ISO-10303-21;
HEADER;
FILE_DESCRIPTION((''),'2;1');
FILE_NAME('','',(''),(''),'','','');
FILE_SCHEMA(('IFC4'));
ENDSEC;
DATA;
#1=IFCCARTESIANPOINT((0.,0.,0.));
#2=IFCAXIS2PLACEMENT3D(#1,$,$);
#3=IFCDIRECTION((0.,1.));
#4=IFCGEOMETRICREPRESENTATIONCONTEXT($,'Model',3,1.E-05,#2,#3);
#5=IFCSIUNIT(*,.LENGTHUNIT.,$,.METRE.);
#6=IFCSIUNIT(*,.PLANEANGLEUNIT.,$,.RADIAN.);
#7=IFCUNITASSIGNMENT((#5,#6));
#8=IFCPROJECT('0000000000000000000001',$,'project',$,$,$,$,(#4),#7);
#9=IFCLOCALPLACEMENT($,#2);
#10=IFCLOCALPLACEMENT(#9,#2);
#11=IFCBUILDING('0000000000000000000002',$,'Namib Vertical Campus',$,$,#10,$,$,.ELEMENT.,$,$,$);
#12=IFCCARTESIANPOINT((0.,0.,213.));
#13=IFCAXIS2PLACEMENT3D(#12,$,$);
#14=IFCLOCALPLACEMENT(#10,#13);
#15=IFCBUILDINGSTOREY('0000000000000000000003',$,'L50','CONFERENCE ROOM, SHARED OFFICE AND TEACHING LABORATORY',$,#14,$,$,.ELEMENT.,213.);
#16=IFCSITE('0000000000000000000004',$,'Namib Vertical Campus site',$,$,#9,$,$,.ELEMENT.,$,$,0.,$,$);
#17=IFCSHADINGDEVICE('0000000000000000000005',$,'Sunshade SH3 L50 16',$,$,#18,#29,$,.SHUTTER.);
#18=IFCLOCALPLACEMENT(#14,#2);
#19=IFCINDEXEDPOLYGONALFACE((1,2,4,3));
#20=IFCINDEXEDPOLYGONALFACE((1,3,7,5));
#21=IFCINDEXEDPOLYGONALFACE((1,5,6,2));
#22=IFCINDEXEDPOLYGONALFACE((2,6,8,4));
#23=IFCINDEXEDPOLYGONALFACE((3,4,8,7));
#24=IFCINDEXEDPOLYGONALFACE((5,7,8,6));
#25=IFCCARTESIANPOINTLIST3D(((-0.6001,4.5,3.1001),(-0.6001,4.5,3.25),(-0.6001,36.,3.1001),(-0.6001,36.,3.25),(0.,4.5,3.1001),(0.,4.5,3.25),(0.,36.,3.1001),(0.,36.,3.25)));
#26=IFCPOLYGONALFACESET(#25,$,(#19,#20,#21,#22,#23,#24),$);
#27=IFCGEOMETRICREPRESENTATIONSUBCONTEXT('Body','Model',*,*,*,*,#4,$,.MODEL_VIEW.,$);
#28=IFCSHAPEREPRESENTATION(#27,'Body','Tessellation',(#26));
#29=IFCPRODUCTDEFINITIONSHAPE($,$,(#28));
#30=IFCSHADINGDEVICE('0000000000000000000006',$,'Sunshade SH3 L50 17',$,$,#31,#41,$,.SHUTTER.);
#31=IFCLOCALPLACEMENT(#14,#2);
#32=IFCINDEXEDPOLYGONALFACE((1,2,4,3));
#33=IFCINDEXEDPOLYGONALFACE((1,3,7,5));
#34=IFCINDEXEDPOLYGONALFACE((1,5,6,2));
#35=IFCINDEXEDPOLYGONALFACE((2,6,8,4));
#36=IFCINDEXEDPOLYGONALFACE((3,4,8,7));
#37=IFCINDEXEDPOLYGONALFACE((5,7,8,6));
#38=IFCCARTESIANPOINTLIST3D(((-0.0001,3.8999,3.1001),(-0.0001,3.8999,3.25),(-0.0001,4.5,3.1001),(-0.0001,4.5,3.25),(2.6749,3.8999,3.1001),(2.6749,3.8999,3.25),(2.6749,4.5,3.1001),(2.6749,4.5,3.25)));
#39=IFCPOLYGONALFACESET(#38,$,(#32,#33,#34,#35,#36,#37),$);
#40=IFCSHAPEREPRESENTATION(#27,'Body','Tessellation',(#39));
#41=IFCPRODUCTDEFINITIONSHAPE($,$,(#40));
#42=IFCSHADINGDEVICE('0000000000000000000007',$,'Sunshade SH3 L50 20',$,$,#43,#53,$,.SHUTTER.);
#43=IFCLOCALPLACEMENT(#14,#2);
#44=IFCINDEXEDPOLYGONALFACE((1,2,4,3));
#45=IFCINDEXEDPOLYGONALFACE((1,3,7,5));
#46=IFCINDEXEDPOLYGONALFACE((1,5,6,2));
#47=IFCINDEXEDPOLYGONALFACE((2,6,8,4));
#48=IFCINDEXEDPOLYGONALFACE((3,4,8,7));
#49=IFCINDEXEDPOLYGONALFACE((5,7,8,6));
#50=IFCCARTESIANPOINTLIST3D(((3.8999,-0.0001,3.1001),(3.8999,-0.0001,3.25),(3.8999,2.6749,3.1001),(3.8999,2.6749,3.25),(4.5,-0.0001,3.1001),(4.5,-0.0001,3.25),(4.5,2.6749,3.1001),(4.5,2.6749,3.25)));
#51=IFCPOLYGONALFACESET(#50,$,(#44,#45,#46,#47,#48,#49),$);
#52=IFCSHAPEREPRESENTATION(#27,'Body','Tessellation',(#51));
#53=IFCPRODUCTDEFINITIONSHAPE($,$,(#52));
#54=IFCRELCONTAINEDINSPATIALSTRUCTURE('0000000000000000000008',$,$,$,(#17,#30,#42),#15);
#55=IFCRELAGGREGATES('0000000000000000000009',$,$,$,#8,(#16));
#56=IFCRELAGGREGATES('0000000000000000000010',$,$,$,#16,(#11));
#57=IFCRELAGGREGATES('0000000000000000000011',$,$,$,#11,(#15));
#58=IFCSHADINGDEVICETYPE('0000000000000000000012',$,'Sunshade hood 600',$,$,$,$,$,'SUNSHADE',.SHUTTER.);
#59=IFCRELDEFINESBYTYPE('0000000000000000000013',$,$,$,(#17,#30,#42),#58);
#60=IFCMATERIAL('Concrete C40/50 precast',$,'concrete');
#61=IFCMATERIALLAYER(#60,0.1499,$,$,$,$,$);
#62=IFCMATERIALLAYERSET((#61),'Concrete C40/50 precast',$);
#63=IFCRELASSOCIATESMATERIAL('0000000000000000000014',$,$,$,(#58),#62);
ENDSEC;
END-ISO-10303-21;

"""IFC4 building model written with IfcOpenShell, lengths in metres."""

from ifc_helpers import new_model, si_unit, direction, frame, origin, origin_2d, place, context, subcontext, project, spatial, rectangle, extrude, material, layer, layer_set, type_object, element, save


model = new_model("IFC4")

# Units and contexts
model_context = context("Model", 3, precision=1e-05, world=origin(), true_north=direction((0.0, 1.0)))
body_context = subcontext(model_context, "Body", "Model", "MODEL_VIEW")
ifc_project = project(units=[si_unit("LENGTHUNIT", "METRE"), si_unit("PLANEANGLEUNIT", "RADIAN")], contexts=[model_context])

# Site, building, storey
site_placement = place(None, origin())
site = spatial("IfcSite", under=ifc_project, at=site_placement, Name="Namib Vertical Campus site", CompositionType="ELEMENT", RefElevation=0.0)
building_placement = place(site_placement, origin())
building = spatial("IfcBuilding", under=site, at=building_placement, Name="Namib Vertical Campus", CompositionType="ELEMENT")
storey_placement = place(building_placement, frame((0.0, 0.0, 213.0)))
storey = spatial("IfcBuildingStorey", under=building, at=storey_placement, Name="L50", Description="CONFERENCE ROOM, SHARED OFFICE AND TEACHING LABORATORY", CompositionType="ELEMENT", Elevation=213.0)

# Shading devices
ifc_material_1 = material(Name="Concrete C40/50 precast", Category="concrete")
ifc_layer_1 = layer(ifc_material_1, 0.1499)
ifc_layer_set_1 = layer_set([ifc_layer_1], Name="Concrete C40/50 precast")
shading_device_type = type_object("IfcShadingDeviceType", Name="Sunshade hood 600", ElementType="SUNSHADE", PredefinedType="SHUTTER", material=ifc_layer_set_1)
shading_device_placement = place(storey_placement, frame((-0.3, 20.25, 3.1001), z_axis=(0.0, 0.0, 1.0), x_axis=(0.0, -1.0, 0.0)))
element("IfcShadingDevice", 1, at=shading_device_placement, inside=storey, type_object=shading_device_type, Name="Sunshade SH3 L50 16", PredefinedType="SHUTTER", context=body_context, shape_type="SweptSolid", body=[
    extrude(rectangle(XDim=31.5, YDim=0.6001, at=origin_2d()), origin(), (0.0, 0.0, 1.0), 0.1499),
])
for number, where, z_axis, x_axis, name in (
    (2, (1.3374, 4.2, 3.1001), (0.0, 0.0, 1.0), (1.0, 0.0, 0.0), "Sunshade SH3 L50 17"),
    (3, (4.2, 1.3374, 3.1001), (0.0, 0.0, 1.0), (0.0, -1.0, 0.0), "Sunshade SH3 L50 20"),
):
    element("IfcShadingDevice", number, at=place(storey_placement, frame(where, z_axis=z_axis, x_axis=x_axis)), inside=storey, type_object=shading_device_type, Name=name, PredefinedType="SHUTTER", context=body_context, shape_type="SweptSolid", body=[
        extrude(rectangle(XDim=2.675, YDim=0.6001, at=origin_2d()), origin(), (0.0, 0.0, 1.0), 0.1499),
    ])

save(model, "model.ifc")
